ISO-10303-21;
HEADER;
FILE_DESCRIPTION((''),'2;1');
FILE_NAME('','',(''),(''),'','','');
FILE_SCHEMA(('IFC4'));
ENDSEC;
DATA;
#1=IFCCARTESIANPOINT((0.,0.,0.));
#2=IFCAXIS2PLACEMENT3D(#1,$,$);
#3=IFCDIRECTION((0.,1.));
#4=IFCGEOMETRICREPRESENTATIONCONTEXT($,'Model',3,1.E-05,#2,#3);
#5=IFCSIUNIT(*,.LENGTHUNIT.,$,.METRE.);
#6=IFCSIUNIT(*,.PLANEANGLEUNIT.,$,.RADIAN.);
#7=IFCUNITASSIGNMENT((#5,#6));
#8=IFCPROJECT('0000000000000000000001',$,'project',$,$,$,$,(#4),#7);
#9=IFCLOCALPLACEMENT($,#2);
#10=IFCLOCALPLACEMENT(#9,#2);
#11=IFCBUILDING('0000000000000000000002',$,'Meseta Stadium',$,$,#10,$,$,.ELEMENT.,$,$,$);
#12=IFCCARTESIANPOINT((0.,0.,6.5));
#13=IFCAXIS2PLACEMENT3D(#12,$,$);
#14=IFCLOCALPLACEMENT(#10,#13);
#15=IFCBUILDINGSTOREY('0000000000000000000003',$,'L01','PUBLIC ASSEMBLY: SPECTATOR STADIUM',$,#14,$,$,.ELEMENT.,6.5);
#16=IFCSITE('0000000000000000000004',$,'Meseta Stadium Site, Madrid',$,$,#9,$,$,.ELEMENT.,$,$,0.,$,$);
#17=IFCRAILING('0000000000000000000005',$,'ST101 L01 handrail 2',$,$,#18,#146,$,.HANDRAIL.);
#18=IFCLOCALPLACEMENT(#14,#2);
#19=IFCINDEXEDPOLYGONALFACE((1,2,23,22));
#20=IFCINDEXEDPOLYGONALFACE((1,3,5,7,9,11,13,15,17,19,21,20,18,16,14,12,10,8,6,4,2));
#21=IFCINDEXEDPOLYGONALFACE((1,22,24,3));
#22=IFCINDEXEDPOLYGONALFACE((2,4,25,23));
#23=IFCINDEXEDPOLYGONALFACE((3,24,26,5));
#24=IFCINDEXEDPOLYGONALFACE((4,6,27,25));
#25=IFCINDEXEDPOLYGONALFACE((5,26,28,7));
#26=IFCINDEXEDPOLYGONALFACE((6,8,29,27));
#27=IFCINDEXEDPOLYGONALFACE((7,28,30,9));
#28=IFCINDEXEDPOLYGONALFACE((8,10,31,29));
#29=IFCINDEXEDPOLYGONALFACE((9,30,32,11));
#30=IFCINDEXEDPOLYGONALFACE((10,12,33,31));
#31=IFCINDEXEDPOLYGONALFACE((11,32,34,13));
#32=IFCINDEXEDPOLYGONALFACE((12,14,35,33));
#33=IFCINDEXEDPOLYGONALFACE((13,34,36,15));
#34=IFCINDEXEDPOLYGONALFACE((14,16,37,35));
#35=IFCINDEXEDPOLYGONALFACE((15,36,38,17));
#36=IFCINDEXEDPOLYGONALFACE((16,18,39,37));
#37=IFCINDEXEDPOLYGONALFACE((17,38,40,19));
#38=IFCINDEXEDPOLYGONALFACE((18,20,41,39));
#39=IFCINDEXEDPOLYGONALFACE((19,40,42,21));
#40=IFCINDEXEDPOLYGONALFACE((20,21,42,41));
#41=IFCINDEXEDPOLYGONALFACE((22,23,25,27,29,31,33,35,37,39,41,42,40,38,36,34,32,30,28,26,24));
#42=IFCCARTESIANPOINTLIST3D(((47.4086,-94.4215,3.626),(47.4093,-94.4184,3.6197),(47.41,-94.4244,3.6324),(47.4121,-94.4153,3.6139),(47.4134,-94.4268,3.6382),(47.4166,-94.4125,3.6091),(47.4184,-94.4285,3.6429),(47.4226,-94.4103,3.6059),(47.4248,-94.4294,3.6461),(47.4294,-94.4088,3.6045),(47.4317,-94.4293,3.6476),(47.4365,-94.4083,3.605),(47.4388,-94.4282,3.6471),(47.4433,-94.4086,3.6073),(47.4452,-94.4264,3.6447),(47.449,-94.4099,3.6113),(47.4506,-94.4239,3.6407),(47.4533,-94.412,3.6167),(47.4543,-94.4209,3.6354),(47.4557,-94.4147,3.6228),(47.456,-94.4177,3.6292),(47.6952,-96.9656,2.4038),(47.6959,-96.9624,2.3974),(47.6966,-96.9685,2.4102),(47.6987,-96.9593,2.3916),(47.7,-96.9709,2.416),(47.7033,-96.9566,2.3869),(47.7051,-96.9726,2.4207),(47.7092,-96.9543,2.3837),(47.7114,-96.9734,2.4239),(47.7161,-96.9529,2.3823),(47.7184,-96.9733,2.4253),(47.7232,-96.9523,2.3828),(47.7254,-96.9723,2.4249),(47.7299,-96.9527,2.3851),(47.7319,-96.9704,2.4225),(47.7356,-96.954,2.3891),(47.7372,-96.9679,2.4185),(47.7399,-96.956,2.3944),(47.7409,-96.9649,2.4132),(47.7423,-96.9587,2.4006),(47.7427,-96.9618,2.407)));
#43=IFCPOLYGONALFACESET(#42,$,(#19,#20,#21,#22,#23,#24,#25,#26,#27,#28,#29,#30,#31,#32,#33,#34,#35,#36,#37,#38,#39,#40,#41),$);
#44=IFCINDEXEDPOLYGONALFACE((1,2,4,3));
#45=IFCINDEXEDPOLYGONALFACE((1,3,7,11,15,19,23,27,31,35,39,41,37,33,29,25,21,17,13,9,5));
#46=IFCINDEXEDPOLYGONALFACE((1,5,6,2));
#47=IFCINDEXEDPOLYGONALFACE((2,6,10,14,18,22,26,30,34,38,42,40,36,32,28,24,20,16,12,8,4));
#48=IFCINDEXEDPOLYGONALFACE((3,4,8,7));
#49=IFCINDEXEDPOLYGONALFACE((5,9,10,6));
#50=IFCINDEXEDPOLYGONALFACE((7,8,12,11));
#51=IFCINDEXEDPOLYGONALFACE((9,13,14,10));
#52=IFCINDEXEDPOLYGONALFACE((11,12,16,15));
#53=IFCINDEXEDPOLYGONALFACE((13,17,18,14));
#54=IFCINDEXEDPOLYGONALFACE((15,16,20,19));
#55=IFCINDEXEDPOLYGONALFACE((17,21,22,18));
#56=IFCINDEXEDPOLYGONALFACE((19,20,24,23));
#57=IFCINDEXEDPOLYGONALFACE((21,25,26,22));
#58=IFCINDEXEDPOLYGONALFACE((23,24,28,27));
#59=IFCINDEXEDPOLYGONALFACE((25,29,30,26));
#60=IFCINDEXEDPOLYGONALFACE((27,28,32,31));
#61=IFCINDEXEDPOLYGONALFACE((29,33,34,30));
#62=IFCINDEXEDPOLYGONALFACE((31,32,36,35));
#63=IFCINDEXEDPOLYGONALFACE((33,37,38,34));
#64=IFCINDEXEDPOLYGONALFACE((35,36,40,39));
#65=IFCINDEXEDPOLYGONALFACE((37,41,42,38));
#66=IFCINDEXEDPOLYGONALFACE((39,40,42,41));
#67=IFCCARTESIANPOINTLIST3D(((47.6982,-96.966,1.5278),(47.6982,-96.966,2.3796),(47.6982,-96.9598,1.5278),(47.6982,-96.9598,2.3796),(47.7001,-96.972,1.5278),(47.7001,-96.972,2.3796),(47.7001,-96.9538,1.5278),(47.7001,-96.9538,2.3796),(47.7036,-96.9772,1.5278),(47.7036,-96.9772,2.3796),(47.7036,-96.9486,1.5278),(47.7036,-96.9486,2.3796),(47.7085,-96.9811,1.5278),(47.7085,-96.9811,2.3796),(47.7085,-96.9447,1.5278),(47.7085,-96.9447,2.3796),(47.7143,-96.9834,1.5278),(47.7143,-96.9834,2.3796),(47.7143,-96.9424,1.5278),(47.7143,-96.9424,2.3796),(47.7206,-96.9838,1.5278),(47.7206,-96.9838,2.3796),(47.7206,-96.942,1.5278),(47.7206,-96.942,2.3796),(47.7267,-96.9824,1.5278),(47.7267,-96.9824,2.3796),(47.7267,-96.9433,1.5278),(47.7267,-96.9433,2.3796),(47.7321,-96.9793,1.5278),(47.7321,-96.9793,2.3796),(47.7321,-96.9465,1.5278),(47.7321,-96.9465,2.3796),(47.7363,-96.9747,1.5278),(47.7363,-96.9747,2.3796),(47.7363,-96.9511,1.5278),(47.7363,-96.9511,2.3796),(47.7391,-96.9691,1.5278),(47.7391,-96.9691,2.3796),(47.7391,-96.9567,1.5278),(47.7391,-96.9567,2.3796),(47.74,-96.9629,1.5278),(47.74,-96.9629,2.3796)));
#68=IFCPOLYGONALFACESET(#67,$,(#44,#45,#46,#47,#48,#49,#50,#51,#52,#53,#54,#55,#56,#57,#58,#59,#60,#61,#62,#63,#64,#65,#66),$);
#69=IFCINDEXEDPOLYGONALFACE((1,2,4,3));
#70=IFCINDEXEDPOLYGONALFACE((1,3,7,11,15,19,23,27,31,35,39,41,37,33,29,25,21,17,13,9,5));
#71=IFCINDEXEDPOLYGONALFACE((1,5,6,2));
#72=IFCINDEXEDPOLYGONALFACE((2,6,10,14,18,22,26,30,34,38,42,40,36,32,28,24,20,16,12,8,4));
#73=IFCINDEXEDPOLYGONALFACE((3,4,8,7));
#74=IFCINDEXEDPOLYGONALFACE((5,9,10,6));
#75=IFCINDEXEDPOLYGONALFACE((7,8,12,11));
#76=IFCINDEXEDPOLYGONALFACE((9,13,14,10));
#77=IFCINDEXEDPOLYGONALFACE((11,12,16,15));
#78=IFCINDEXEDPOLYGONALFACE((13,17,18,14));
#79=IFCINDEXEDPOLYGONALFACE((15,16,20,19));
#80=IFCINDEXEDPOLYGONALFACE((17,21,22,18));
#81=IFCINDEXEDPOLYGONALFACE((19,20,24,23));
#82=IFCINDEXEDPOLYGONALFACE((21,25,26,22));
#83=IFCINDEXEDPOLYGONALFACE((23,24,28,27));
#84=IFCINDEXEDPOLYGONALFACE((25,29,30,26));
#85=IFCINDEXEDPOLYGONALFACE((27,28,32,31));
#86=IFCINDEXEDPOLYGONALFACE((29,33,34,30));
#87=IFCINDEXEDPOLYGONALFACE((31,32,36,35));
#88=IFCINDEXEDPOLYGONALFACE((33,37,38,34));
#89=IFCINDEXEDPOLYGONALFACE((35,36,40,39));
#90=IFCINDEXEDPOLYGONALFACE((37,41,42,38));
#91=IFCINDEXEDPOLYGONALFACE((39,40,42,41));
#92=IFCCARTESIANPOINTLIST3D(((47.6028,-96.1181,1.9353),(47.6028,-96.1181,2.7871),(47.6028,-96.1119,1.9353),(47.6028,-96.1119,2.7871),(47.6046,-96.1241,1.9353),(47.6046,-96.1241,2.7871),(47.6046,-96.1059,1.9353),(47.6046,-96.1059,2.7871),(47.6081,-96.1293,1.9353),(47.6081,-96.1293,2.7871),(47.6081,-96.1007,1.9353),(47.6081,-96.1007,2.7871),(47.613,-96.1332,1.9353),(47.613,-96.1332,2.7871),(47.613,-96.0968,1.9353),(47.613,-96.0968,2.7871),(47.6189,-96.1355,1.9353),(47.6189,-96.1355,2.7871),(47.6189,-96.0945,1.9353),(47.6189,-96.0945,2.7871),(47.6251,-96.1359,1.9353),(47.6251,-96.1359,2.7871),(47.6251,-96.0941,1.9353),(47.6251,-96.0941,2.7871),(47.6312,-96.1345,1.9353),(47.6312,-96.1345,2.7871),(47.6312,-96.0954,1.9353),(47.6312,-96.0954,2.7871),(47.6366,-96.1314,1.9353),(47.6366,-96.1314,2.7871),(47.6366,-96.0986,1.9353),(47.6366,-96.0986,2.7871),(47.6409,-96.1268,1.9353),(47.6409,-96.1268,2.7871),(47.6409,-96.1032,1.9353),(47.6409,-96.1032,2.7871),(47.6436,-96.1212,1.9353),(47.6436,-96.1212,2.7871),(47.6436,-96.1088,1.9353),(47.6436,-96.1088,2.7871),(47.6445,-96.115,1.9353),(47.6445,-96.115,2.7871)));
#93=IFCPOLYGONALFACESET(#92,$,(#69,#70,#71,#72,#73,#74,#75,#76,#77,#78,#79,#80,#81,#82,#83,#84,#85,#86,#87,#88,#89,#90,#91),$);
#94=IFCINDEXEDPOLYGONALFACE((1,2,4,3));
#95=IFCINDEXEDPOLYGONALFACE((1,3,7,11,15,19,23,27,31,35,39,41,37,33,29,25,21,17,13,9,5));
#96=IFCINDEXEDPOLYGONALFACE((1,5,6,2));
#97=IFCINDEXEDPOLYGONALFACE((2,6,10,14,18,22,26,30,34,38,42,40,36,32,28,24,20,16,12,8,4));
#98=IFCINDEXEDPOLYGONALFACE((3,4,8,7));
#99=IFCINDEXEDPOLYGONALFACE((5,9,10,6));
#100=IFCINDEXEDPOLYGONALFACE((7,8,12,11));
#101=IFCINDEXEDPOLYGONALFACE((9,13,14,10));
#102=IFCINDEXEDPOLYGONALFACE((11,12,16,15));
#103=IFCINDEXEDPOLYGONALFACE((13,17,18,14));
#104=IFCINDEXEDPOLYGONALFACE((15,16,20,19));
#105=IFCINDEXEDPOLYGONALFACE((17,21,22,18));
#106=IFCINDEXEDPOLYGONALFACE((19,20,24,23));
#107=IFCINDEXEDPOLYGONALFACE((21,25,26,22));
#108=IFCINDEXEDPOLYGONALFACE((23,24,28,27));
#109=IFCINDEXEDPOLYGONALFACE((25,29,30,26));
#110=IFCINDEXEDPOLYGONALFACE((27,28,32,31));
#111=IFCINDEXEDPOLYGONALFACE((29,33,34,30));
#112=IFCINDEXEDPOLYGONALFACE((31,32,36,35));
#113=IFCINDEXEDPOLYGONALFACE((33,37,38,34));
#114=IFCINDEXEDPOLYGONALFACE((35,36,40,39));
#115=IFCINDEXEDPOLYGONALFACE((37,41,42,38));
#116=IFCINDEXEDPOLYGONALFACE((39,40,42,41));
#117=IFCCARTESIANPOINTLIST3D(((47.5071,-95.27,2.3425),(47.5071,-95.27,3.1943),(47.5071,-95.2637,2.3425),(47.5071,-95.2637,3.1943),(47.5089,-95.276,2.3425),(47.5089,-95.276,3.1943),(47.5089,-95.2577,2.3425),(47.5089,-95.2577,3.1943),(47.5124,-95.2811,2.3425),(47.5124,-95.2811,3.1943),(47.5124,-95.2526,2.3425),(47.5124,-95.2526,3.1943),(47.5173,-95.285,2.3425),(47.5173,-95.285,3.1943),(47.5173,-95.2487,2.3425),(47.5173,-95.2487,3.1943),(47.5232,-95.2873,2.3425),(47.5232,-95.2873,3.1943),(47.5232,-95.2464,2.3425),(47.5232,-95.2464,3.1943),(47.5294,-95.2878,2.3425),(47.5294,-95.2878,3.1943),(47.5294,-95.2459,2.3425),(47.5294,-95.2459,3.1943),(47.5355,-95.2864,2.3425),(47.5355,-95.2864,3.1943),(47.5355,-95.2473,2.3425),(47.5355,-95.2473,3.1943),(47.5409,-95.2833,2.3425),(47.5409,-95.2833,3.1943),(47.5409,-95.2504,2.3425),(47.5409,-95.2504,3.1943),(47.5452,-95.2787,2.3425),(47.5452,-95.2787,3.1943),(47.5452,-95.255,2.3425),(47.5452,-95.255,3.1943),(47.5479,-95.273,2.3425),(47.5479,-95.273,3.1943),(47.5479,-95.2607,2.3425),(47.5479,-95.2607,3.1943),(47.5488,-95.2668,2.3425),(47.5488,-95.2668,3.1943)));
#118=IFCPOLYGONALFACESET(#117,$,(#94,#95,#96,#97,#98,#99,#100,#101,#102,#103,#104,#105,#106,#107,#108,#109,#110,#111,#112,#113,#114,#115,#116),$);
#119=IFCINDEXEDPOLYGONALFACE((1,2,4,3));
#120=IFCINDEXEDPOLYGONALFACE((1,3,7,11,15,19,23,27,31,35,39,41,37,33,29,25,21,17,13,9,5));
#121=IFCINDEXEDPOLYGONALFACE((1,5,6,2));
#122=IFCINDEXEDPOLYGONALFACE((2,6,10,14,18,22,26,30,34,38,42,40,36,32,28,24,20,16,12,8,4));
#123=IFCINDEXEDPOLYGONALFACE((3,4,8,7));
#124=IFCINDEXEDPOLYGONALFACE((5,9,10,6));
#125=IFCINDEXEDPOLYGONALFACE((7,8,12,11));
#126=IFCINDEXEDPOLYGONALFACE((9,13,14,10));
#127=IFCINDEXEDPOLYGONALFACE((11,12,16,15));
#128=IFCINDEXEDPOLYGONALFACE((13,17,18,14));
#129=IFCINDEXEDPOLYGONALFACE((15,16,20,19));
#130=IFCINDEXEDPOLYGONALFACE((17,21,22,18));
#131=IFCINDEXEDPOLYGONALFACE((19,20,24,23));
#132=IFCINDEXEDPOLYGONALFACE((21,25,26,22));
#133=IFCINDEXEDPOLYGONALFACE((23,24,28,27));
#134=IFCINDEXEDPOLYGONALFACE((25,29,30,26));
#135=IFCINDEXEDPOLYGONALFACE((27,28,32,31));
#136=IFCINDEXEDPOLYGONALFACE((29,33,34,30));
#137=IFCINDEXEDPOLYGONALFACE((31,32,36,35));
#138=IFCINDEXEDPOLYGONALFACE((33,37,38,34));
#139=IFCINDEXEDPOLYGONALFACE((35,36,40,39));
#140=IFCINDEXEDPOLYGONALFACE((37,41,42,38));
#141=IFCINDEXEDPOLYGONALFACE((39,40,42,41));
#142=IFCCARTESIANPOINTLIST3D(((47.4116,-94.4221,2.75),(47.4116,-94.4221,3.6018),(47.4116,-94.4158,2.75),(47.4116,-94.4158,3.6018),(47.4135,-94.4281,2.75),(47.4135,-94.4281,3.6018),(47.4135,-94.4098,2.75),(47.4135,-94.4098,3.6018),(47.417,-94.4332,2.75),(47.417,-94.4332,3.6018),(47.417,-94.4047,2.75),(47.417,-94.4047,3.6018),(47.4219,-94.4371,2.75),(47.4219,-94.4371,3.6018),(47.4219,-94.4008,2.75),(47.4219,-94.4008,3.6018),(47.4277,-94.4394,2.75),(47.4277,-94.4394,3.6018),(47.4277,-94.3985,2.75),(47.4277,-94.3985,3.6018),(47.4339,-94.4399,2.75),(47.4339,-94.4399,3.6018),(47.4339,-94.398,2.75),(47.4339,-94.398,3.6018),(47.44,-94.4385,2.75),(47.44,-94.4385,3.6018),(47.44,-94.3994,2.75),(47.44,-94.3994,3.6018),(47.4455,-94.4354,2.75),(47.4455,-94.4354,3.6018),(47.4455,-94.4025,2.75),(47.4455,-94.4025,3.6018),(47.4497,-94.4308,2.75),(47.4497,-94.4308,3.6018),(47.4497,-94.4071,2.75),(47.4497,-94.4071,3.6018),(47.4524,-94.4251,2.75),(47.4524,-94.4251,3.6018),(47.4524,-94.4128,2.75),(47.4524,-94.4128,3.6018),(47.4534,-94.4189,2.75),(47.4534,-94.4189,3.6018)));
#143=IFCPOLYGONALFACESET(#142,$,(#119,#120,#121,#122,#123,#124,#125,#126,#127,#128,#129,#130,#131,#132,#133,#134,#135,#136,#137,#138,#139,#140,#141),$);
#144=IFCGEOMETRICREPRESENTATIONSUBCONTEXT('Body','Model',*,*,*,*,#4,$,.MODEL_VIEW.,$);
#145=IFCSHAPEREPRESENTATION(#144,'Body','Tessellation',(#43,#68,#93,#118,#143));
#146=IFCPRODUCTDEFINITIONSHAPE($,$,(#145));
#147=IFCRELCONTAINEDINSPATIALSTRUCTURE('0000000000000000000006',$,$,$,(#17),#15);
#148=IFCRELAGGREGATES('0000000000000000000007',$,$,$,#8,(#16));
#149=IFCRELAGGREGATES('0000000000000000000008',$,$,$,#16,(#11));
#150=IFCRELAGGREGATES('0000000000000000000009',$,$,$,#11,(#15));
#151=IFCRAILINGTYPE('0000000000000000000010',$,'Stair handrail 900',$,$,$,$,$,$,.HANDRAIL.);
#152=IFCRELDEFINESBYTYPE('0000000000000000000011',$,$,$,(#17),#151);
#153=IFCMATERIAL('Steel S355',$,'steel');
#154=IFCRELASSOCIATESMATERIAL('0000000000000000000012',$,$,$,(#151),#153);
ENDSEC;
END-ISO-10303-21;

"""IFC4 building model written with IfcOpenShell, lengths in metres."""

from ifc_helpers import new_model, si_unit, direction, frame, origin, origin_2d, place, context, subcontext, project, spatial, circle, extrude, material, type_object, element, save


model = new_model("IFC4")

# Units and contexts
model_context = context("Model", 3, precision=1e-05, world=origin(), true_north=direction((0.0, 1.0)))
body_context = subcontext(model_context, "Body", "Model", "MODEL_VIEW")
ifc_project = project(units=[si_unit("LENGTHUNIT", "METRE"), si_unit("PLANEANGLEUNIT", "RADIAN")], contexts=[model_context])

# Site, building, storey
site_placement = place(None, origin())
site = spatial("IfcSite", under=ifc_project, at=site_placement, Name="Meseta Stadium Site, Madrid", CompositionType="ELEMENT", RefElevation=0.0)
building_placement = place(site_placement, origin())
building = spatial("IfcBuilding", under=site, at=building_placement, Name="Meseta Stadium", CompositionType="ELEMENT")
storey_placement = place(building_placement, frame((0.0, 0.0, 6.5)))
storey = spatial("IfcBuildingStorey", under=building, at=storey_placement, Name="L01", Description="PUBLIC ASSEMBLY: SPECTATOR STADIUM", CompositionType="ELEMENT", Elevation=6.5)

# Railing
ifc_material_1 = material(Name="Steel S355", Category="steel")
railing_type_1 = type_object("IfcRailingType", Name="Stair handrail 900", PredefinedType="HANDRAIL", material=ifc_material_1)
railing_1_placement = place(storey_placement, frame((47.719, -96.9629, 1.5278)))
element("IfcRailing", 1, at=railing_1_placement, inside=storey, type_object=railing_type_1, Name="ST101 L01 handrail 2", PredefinedType="HANDRAIL", context=body_context, shape_type="SweptSolid", body=[
    extrude(circle(Radius=0.0239, at=origin_2d()), frame((0.0, 0.0, 0.876), z_axis=(-0.101036, 0.896762, 0.430824), x_axis=(-0.993713, -0.11196, 0.0)), (0.0, 0.0, 1.0), 2.8369),
    extrude(circle(Radius=0.021, at=origin_2d()), origin(), (0.0, 0.0, 1.0), 0.8518),
    extrude(circle(Radius=0.021, at=origin_2d()), frame((-0.0955, 0.8479, 0.4075)), (0.0, 0.0, 1.0), 0.8518),
    extrude(circle(Radius=0.021, at=origin_2d()), frame((-0.1912, 1.696, 0.8147)), (0.0, 0.0, 1.0), 0.8518),
    extrude(circle(Radius=0.021, at=origin_2d()), frame((-0.2866, 2.5439, 1.2222)), (0.0, 0.0, 1.0), 0.8518),
])

save(model, "model.ifc")
